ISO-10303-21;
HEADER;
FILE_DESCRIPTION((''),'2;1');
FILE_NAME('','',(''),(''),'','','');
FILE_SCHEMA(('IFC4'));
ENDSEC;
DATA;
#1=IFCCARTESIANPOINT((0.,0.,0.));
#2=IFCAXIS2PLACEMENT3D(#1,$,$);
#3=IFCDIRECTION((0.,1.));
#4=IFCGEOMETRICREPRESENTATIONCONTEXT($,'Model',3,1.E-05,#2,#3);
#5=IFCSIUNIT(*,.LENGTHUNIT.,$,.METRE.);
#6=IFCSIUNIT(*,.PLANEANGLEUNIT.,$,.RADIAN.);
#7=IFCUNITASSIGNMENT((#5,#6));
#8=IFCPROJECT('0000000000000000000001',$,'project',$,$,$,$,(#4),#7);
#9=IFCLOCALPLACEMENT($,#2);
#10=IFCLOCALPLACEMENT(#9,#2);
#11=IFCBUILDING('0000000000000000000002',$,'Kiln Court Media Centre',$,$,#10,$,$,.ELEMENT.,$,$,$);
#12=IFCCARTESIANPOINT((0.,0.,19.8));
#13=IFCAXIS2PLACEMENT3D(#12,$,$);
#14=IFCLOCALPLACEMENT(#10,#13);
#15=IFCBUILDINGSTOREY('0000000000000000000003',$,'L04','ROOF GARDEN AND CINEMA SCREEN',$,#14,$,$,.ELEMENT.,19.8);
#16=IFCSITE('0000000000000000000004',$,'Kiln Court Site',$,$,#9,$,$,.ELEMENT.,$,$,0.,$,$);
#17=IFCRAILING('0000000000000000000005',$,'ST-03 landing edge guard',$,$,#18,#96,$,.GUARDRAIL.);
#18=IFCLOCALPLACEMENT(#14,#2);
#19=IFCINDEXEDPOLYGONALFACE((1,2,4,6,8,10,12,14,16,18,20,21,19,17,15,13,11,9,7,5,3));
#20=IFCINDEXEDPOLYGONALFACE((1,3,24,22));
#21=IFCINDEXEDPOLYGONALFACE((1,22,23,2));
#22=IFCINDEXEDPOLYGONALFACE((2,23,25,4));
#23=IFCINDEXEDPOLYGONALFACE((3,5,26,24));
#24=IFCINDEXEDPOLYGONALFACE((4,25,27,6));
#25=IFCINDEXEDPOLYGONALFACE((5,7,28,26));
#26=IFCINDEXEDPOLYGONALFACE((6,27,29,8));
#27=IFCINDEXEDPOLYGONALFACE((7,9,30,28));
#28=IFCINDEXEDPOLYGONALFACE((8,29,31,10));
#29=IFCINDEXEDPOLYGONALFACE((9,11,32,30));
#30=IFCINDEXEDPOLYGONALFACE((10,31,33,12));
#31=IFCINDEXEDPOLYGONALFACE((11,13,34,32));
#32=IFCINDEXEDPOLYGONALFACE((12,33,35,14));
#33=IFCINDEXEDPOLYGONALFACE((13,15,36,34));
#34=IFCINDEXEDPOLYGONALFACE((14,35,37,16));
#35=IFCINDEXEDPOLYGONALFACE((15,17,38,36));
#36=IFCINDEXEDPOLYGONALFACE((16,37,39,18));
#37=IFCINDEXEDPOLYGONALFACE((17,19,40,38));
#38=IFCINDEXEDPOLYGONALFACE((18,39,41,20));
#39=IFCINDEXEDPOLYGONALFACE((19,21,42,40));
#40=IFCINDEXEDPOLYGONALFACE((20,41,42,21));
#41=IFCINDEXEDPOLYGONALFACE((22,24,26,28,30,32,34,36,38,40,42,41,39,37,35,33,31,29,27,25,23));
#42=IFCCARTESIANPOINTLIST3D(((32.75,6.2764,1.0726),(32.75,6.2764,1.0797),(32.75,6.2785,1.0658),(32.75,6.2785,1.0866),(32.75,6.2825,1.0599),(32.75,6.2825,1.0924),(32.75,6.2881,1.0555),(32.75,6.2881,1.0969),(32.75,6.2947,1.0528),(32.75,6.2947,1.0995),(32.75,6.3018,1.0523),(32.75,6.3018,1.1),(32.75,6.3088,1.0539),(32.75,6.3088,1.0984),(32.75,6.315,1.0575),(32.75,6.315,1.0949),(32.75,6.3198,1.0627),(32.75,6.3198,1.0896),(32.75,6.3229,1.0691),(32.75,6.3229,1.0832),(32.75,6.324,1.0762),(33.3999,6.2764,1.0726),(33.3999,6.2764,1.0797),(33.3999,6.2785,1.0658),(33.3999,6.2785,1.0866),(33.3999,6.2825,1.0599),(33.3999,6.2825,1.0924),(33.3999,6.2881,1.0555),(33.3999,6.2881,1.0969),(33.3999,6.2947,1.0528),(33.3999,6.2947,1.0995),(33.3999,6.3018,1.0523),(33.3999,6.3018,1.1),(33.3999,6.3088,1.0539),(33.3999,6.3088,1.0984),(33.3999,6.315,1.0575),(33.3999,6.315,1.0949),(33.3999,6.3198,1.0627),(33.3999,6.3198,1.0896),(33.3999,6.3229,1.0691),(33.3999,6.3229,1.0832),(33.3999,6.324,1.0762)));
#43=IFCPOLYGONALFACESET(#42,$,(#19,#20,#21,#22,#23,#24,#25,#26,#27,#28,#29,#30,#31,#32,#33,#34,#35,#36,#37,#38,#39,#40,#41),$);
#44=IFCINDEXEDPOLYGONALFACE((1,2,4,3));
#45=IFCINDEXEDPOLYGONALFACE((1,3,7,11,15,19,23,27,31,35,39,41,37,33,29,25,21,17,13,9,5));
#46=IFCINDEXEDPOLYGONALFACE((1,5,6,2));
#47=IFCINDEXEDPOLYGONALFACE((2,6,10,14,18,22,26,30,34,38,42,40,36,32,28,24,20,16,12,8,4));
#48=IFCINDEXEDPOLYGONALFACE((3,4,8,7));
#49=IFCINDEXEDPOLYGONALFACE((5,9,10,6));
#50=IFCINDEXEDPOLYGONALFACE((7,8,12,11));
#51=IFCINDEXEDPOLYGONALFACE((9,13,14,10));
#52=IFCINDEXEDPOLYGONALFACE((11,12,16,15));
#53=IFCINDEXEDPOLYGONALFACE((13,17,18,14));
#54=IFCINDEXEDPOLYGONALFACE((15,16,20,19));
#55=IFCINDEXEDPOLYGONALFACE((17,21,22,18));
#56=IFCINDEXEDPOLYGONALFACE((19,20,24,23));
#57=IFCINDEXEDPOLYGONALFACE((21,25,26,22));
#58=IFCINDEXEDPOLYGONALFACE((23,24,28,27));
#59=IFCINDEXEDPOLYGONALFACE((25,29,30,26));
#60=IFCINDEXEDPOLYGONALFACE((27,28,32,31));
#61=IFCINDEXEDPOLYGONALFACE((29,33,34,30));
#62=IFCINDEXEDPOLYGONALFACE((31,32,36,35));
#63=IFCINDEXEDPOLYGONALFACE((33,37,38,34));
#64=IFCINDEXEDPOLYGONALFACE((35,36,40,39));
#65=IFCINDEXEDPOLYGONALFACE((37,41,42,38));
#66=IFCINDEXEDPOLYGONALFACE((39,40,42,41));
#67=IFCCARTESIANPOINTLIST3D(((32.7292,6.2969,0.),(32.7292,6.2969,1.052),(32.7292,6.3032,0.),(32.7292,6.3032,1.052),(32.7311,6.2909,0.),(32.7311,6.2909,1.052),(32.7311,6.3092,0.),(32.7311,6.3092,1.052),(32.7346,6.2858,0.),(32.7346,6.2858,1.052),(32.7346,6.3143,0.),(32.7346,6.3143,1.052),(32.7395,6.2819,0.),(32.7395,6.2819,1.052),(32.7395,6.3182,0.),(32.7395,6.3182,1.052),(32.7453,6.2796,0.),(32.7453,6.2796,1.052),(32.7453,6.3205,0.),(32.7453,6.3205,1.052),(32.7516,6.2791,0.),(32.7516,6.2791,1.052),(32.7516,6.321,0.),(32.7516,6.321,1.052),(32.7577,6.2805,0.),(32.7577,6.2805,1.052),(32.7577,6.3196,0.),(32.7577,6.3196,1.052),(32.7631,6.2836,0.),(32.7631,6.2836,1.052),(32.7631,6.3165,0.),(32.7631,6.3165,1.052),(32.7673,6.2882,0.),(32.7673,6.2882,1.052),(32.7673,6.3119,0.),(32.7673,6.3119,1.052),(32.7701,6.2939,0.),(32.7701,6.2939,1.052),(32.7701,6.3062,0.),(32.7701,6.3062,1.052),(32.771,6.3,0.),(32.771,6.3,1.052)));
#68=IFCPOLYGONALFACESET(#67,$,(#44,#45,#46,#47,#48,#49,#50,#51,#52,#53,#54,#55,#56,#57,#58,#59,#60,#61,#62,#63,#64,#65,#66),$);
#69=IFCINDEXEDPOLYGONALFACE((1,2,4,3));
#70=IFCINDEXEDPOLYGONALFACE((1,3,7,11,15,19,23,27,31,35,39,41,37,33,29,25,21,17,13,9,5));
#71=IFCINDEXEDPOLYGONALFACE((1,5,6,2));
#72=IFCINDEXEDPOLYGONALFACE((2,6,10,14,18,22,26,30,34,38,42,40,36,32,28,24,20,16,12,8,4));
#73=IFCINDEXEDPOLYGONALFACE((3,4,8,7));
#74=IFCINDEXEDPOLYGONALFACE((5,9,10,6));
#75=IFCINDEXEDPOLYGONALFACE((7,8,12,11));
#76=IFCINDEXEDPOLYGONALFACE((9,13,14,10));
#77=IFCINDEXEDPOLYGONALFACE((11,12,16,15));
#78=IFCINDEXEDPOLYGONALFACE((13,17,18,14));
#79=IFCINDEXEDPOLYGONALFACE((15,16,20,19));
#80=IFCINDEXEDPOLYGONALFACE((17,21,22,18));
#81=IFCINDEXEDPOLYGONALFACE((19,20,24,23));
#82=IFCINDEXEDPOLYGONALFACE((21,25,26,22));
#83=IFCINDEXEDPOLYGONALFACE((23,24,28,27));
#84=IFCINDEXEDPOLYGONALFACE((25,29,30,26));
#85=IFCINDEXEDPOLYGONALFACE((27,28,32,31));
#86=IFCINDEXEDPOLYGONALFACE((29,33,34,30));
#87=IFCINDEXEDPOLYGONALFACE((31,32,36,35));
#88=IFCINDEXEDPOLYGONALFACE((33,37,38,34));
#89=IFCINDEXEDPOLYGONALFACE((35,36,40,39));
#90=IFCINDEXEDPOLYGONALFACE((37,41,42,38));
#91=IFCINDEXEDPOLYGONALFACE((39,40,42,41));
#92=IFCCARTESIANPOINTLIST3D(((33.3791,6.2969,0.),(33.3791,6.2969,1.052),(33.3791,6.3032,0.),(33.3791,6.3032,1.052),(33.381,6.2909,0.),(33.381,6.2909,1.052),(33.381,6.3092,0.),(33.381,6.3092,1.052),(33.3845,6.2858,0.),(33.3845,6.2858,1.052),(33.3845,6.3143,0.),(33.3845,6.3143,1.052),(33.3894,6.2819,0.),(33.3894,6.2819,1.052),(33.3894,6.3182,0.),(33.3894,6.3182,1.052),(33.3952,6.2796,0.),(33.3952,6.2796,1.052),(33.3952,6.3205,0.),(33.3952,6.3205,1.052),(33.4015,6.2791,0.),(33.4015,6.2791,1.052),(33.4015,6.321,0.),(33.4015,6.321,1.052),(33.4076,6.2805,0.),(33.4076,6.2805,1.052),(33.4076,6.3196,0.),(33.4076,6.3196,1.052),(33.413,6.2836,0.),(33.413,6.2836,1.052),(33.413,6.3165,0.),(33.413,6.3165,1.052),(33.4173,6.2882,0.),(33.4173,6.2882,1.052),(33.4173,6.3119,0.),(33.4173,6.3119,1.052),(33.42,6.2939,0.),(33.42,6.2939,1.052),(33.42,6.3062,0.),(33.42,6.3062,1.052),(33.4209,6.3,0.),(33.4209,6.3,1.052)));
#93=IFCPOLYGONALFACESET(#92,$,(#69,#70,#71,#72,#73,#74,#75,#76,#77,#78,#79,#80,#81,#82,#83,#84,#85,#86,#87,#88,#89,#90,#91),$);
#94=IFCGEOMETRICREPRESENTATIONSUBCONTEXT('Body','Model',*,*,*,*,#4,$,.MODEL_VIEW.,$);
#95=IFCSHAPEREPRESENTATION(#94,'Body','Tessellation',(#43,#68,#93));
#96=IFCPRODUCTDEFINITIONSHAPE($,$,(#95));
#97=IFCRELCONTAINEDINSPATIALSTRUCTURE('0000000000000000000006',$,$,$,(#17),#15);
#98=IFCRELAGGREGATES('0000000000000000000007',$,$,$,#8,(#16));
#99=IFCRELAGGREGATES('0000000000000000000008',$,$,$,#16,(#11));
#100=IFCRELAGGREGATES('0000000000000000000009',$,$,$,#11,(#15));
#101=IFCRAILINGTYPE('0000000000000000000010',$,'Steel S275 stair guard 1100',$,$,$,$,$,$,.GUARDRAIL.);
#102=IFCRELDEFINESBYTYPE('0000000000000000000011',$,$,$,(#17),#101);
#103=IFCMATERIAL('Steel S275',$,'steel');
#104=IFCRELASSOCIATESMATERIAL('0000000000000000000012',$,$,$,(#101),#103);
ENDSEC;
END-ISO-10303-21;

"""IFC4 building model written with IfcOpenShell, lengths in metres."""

from ifc_helpers import new_model, si_unit, direction, frame, origin, origin_2d, place, context, subcontext, project, spatial, circle, extrude, material, type_object, element, save


model = new_model("IFC4")

# Units and contexts
model_context = context("Model", 3, precision=1e-05, world=origin(), true_north=direction((0.0, 1.0)))
body_context = subcontext(model_context, "Body", "Model", "MODEL_VIEW")
ifc_project = project(units=[si_unit("LENGTHUNIT", "METRE"), si_unit("PLANEANGLEUNIT", "RADIAN")], contexts=[model_context])

# Site, building, storey
site_placement = place(None, origin())
site = spatial("IfcSite", under=ifc_project, at=site_placement, Name="Kiln Court Site", CompositionType="ELEMENT", RefElevation=0.0)
building_placement = place(site_placement, origin())
building = spatial("IfcBuilding", under=site, at=building_placement, Name="Kiln Court Media Centre", CompositionType="ELEMENT")
storey_placement = place(building_placement, frame((0.0, 0.0, 19.8)))
storey = spatial("IfcBuildingStorey", under=building, at=storey_placement, Name="L04", Description="ROOF GARDEN AND CINEMA SCREEN", CompositionType="ELEMENT", Elevation=19.8)

# Railing
ifc_material_1 = material(Name="Steel S275", Category="steel")
railing_type_1 = type_object("IfcRailingType", Name="Steel S275 stair guard 1100", PredefinedType="GUARDRAIL", material=ifc_material_1)
for number, where, name in (
    (1, (32.75, 6.3, 0.0), "ST-03 landing edge guard"),
):
    element("IfcRailing", number, at=place(storey_placement, frame(where)), inside=storey, type_object=railing_type_1, Name=name, PredefinedType="GUARDRAIL", context=body_context, shape_type="SweptSolid", body=[
        extrude(circle(Radius=0.0239, at=origin_2d()), frame((0.0, 0.0, 1.0762), z_axis=(1.0, 0.0, 0.0), x_axis=(0.0, 1.0, 0.0)), (0.0, 0.0, 1.0), 0.6499),
        extrude(circle(Radius=0.021, at=origin_2d()), origin(), (0.0, 0.0, 1.0), 1.052),
        extrude(circle(Radius=0.021, at=origin_2d()), frame((0.6499, 0.0, 0.0)), (0.0, 0.0, 1.0), 1.052),
    ])

save(model, "model.ifc")
